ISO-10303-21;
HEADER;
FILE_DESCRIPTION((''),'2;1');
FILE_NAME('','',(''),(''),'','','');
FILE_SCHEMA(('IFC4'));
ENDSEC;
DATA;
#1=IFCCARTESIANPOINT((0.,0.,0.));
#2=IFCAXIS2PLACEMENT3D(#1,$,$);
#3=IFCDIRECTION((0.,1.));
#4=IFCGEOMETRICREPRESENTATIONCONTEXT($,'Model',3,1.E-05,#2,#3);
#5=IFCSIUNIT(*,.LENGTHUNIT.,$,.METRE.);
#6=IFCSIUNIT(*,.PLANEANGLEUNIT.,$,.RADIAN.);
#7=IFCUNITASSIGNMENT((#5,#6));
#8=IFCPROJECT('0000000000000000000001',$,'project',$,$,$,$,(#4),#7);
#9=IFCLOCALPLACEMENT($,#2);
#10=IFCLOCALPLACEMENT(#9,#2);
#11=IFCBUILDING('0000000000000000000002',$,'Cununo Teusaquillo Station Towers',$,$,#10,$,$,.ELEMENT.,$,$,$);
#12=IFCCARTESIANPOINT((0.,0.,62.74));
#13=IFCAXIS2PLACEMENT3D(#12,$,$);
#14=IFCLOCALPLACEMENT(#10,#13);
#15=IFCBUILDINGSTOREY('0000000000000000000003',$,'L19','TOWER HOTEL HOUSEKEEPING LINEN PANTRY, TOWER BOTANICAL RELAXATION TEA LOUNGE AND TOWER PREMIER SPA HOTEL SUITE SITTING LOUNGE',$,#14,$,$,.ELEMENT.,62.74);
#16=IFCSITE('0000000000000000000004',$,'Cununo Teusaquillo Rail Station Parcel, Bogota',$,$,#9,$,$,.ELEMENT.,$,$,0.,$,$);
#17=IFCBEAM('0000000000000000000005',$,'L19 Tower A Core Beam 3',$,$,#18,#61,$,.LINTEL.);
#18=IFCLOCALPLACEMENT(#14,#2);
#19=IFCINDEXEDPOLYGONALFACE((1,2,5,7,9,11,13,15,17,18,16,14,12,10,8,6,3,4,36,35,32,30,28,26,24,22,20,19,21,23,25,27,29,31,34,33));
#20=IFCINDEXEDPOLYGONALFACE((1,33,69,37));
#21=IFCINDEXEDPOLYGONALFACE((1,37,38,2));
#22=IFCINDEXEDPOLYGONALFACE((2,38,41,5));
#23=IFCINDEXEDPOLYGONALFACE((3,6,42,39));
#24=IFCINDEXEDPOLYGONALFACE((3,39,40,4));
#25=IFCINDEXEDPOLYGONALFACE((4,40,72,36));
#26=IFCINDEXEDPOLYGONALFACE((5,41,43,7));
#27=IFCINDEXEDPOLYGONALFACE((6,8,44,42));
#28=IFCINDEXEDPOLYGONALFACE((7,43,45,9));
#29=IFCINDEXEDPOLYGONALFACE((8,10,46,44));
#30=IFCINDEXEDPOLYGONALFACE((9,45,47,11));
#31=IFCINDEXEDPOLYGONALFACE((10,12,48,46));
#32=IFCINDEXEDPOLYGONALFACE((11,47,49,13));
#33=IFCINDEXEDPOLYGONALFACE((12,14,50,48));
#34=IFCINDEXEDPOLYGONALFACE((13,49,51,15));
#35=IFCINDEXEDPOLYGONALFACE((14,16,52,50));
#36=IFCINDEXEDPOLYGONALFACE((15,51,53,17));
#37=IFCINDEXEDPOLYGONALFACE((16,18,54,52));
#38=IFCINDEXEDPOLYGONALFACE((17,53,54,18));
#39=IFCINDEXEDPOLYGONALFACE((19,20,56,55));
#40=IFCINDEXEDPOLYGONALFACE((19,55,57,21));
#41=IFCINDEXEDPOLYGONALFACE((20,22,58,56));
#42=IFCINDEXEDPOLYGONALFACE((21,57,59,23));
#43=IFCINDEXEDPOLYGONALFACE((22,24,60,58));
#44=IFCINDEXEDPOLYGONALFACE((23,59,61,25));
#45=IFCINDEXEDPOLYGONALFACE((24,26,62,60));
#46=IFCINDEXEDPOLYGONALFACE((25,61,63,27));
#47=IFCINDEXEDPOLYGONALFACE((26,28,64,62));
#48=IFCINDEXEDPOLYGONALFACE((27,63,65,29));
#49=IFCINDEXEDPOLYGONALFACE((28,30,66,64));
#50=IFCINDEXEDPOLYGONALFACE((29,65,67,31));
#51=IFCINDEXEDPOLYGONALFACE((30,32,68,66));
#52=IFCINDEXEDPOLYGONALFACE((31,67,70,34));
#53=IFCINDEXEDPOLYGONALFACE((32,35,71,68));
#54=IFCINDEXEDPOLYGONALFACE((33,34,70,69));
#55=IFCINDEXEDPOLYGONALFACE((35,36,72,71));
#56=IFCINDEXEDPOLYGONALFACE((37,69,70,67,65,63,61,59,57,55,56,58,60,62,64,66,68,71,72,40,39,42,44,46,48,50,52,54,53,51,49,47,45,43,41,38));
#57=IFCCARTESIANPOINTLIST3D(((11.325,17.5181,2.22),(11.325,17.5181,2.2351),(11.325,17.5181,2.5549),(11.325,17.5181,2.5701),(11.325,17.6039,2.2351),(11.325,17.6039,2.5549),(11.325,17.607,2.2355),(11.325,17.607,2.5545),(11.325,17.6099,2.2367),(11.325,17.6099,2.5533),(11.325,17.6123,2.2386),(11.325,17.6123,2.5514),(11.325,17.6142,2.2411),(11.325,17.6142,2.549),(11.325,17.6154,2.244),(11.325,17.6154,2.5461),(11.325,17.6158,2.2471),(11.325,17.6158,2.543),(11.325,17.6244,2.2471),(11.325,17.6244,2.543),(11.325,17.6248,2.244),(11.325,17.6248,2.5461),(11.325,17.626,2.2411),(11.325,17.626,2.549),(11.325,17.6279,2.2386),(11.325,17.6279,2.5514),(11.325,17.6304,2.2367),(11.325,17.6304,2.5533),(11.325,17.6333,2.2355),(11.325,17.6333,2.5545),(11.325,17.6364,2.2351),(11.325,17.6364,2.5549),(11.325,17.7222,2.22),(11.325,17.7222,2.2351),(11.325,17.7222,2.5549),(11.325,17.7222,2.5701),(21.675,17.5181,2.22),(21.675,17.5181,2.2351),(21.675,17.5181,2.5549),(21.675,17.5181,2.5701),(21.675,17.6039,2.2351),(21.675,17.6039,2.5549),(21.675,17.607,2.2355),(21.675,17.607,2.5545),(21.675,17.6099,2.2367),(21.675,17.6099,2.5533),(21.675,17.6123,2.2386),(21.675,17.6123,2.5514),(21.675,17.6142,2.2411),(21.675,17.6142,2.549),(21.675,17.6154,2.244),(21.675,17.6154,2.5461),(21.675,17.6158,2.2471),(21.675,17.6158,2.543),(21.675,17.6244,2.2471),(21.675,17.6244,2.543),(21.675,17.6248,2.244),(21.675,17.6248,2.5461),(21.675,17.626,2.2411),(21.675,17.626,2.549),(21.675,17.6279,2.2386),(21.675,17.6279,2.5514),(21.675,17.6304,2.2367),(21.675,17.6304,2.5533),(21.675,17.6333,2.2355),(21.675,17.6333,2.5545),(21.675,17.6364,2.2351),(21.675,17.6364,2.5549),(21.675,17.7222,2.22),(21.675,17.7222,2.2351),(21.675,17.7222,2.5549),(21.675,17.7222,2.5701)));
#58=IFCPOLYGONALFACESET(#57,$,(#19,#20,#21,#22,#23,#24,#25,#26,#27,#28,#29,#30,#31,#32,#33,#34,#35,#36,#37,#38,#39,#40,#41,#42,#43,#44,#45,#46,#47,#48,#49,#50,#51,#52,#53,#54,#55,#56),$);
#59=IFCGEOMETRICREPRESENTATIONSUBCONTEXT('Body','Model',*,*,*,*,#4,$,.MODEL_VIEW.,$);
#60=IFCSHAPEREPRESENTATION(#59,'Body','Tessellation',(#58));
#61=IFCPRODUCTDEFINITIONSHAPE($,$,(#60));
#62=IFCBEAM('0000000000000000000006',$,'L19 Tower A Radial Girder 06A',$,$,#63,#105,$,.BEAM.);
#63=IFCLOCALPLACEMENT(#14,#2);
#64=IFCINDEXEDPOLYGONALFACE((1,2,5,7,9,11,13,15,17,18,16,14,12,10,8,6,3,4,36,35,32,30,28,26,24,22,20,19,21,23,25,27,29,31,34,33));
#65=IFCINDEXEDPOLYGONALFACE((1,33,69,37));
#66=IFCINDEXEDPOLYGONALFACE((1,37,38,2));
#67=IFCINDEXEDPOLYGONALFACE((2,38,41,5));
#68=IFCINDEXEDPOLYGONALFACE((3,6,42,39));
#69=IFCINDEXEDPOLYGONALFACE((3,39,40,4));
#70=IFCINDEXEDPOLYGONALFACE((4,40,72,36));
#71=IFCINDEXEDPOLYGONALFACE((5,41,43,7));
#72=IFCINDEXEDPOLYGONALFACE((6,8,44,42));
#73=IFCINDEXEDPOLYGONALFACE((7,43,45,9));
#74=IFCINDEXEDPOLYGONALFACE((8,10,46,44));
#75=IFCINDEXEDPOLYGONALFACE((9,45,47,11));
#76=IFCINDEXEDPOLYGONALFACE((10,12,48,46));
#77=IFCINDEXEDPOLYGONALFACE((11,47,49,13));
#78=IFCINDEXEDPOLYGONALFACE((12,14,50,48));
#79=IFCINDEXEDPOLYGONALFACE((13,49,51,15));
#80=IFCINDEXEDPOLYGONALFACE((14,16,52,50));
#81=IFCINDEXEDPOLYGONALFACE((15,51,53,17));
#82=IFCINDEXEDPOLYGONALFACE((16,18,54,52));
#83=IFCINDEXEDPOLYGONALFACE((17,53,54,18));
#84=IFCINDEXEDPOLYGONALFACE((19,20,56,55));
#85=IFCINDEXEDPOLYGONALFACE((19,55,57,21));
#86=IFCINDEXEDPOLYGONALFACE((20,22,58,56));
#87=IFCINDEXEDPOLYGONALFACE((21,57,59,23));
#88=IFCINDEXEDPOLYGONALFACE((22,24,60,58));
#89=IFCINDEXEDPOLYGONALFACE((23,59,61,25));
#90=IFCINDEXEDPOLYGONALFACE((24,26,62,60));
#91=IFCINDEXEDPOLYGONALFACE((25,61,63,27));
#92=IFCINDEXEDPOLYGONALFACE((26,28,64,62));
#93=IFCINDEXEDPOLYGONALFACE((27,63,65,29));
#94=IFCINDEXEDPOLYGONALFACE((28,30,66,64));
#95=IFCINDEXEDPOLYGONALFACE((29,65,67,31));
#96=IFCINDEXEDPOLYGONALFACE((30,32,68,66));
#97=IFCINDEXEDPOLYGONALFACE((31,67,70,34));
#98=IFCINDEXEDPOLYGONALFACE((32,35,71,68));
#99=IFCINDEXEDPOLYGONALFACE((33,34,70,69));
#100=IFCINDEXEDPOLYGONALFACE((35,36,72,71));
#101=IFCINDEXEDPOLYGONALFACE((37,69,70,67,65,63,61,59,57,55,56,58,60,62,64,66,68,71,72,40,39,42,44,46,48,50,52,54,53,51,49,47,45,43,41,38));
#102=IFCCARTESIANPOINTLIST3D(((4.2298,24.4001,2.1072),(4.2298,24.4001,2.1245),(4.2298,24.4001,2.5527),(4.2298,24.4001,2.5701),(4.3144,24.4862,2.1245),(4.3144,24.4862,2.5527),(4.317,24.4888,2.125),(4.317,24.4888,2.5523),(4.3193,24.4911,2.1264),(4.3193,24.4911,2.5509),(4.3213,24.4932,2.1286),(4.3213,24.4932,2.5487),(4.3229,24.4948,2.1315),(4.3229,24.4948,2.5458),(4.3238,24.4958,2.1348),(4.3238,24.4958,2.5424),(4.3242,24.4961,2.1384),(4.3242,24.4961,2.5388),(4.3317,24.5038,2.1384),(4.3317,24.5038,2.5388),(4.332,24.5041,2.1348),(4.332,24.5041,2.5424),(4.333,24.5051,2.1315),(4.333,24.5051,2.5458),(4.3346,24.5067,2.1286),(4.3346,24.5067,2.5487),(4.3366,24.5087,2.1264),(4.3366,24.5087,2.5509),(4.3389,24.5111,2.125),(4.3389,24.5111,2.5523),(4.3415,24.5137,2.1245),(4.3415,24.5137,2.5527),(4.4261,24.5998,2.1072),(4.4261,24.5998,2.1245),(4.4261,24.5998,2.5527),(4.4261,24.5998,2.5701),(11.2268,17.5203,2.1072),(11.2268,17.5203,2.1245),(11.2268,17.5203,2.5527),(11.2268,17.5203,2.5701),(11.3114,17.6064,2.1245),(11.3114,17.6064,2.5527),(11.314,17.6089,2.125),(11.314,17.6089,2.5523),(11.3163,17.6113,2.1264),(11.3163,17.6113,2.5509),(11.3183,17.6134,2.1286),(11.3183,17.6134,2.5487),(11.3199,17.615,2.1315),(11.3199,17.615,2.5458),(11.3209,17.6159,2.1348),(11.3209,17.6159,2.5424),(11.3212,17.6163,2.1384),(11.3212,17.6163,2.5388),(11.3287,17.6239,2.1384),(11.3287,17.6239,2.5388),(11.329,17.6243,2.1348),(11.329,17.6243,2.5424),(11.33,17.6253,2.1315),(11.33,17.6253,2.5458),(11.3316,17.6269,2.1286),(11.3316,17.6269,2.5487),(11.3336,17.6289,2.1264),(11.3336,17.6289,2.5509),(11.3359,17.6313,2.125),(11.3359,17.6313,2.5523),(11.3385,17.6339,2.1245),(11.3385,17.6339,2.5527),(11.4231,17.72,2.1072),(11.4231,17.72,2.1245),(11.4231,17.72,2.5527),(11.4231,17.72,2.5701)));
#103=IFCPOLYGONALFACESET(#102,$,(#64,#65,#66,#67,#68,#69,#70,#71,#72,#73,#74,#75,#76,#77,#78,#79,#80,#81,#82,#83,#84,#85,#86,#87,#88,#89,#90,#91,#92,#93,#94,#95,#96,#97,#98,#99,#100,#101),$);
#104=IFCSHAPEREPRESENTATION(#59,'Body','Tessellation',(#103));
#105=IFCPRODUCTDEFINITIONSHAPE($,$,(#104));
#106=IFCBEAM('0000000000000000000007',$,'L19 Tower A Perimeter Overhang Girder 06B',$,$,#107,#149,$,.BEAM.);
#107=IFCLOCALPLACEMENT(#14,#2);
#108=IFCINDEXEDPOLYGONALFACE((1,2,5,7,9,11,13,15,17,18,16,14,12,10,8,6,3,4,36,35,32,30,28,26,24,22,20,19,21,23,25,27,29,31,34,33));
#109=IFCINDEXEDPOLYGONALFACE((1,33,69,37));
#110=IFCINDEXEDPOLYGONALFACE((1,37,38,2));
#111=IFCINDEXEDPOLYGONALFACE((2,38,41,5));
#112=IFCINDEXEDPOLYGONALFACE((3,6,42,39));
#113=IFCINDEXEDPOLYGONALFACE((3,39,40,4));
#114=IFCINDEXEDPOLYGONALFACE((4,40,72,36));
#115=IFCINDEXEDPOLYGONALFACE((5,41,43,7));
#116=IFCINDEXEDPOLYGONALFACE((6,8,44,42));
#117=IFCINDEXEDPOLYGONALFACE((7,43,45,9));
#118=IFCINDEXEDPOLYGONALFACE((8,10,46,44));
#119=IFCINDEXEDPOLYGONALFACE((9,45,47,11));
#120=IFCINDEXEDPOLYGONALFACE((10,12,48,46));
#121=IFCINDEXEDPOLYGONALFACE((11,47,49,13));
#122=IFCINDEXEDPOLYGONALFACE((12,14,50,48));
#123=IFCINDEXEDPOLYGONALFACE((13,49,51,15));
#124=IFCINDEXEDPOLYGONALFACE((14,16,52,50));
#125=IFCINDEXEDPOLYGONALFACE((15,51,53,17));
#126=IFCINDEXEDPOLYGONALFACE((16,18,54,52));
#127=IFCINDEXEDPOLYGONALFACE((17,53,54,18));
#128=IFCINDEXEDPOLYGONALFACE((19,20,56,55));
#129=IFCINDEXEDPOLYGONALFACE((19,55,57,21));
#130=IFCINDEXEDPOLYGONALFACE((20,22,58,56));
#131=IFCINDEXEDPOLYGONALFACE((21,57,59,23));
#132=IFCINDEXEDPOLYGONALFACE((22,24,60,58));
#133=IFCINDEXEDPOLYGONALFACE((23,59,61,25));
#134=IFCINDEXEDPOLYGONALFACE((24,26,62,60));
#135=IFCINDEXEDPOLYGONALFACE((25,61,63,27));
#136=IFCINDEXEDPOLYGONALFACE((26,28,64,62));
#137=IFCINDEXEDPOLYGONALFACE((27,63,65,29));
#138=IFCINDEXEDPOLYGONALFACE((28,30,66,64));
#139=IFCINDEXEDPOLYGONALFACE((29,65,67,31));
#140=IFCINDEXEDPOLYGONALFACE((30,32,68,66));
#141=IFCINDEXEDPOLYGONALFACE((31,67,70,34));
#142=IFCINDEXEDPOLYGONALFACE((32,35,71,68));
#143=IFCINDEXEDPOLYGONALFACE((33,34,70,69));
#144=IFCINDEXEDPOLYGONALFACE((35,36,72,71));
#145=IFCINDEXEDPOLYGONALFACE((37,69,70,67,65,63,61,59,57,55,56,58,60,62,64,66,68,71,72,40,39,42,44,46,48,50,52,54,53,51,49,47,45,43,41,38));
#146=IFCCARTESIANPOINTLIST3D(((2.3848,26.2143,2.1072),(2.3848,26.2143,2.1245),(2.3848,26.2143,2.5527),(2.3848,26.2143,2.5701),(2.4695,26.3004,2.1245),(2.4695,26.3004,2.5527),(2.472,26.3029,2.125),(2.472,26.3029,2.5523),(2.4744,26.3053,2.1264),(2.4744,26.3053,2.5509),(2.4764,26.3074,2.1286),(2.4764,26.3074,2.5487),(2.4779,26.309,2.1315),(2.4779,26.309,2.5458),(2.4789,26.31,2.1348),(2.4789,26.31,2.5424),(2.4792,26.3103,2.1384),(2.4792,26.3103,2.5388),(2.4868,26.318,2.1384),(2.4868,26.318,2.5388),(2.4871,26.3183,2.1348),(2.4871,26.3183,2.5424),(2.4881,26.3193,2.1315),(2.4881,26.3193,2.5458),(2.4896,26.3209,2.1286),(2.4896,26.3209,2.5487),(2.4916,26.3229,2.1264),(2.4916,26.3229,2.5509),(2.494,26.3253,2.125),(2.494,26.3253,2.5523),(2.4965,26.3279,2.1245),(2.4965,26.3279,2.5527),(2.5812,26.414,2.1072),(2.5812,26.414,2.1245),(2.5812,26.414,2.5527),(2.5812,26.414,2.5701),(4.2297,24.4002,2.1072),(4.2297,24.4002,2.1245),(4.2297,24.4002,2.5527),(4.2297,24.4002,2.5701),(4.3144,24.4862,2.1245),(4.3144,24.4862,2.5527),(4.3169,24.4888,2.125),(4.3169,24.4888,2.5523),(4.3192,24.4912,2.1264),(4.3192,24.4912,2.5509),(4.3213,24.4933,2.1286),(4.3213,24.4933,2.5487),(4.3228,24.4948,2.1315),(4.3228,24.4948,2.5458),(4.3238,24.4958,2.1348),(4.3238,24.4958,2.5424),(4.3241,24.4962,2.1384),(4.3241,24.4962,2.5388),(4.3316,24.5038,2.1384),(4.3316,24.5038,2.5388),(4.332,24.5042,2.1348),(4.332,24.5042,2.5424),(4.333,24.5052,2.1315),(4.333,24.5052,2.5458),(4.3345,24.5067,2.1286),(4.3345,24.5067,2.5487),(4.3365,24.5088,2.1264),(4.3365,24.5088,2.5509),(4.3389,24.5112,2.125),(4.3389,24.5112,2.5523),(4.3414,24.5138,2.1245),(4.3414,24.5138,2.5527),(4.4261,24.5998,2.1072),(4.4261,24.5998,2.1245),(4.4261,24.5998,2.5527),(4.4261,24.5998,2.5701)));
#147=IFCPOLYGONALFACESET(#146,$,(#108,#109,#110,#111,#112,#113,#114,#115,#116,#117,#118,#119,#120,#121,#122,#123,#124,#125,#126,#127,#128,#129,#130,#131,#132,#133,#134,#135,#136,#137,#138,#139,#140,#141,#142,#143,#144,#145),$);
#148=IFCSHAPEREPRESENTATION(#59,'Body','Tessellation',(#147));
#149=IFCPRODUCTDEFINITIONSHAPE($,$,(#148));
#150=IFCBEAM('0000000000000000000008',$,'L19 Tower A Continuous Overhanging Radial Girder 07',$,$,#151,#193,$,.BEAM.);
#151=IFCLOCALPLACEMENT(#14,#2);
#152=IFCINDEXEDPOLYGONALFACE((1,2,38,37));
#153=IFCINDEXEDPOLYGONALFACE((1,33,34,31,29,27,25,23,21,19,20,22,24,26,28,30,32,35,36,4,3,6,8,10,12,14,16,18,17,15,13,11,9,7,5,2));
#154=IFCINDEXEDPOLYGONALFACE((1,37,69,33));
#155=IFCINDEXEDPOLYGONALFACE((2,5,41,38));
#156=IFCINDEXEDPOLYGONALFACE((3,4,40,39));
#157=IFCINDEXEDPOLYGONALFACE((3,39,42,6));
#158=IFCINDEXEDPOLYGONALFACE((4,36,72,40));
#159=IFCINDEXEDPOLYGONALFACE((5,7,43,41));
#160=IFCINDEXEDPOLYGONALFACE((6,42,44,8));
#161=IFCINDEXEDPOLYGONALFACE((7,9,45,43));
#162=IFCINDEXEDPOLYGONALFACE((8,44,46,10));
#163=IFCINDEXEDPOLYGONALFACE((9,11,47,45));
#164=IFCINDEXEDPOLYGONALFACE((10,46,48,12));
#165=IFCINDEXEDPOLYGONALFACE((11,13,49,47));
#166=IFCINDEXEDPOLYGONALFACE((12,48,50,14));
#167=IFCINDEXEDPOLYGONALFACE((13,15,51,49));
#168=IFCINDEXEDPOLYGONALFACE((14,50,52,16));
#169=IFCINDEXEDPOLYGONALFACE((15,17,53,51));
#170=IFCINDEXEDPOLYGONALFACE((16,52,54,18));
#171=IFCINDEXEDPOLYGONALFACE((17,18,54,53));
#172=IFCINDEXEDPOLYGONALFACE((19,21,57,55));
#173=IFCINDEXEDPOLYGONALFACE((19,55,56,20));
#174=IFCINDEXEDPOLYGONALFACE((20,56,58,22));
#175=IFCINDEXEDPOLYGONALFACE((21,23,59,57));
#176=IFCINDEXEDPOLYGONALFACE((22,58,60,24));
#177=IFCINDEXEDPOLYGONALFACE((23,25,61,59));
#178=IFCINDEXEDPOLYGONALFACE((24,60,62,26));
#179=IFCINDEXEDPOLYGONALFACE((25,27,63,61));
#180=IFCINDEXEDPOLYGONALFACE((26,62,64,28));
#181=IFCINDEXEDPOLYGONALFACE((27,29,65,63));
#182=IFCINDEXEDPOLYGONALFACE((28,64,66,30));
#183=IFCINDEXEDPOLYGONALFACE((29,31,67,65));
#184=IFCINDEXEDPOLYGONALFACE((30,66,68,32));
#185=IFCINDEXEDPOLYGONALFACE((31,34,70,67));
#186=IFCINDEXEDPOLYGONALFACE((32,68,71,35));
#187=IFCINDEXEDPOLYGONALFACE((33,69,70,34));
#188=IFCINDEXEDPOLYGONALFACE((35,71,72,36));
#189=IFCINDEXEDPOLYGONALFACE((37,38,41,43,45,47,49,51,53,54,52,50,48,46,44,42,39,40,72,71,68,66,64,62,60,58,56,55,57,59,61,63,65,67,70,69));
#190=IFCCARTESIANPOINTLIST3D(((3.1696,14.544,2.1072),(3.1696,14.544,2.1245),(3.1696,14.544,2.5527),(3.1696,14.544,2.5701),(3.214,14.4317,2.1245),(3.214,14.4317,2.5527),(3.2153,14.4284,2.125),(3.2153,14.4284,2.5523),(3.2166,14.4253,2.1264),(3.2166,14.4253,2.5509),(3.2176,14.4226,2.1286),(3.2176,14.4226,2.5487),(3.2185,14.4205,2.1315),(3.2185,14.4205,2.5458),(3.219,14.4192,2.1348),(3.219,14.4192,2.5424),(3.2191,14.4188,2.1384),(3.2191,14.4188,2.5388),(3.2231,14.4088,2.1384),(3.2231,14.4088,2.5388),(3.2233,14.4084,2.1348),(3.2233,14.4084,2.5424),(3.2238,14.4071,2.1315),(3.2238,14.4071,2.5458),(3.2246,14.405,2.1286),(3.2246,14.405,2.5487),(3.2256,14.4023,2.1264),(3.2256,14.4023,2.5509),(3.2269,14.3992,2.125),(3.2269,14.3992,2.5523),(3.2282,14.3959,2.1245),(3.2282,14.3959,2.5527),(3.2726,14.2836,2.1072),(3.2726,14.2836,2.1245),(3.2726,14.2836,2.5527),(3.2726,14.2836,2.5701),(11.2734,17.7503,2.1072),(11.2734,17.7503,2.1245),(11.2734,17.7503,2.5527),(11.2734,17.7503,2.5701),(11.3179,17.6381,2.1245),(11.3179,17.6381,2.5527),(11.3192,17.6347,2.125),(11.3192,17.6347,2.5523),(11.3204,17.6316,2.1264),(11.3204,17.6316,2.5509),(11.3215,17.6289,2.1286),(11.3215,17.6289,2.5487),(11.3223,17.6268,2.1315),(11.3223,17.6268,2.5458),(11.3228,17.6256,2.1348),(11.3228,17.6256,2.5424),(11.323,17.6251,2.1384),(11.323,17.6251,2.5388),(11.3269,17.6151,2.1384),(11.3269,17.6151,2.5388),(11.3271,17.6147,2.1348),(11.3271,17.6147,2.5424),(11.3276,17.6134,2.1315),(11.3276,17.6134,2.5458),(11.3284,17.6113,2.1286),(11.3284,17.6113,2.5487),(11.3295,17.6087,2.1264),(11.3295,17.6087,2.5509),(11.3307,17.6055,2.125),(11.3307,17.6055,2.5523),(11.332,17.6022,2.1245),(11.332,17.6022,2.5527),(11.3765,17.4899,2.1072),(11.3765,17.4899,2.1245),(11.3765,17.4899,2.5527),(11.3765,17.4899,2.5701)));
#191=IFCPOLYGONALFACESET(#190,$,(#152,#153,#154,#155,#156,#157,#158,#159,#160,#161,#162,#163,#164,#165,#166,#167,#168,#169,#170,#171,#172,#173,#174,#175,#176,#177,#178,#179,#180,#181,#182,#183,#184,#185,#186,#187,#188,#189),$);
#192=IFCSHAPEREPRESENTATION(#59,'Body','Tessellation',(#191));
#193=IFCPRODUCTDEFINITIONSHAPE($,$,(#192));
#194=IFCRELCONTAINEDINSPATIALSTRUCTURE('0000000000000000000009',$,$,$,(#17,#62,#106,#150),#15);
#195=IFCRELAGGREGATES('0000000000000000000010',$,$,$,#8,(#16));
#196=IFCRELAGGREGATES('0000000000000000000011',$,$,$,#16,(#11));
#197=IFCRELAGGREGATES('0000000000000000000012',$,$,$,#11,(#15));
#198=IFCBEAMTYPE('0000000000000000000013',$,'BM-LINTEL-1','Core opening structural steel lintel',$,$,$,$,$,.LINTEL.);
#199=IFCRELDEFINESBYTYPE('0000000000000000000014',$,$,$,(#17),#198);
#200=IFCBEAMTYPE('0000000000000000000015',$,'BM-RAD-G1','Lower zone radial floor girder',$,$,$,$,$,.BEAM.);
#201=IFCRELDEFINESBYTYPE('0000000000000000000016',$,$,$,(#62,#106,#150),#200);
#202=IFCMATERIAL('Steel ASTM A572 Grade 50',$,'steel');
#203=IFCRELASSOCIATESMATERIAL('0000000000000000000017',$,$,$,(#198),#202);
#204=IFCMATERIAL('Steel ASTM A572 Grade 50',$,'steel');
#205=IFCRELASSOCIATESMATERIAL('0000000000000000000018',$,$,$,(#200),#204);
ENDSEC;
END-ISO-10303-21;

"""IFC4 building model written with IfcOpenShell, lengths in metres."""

from ifc_helpers import new_model, si_unit, direction, frame, origin, origin_2d, place, context, subcontext, project, spatial, i_section, extrude, material, material_profile, profile_set, type_object, element, save


model = new_model("IFC4")

# Units and contexts
model_context = context("Model", 3, precision=1e-05, world=origin(), true_north=direction((0.0, 1.0)))
body_context = subcontext(model_context, "Body", "Model", "MODEL_VIEW")
ifc_project = project(units=[si_unit("LENGTHUNIT", "METRE"), si_unit("PLANEANGLEUNIT", "RADIAN")], contexts=[model_context])

# Site, building, storey
site_placement = place(None, origin())
site = spatial("IfcSite", under=ifc_project, at=site_placement, Name="Cununo Teusaquillo Rail Station Parcel, Bogota", CompositionType="ELEMENT", RefElevation=0.0)
building_placement = place(site_placement, origin())
building = spatial("IfcBuilding", under=site, at=building_placement, Name="Cununo Teusaquillo Station Towers", CompositionType="ELEMENT")
storey_placement = place(building_placement, frame((0.0, 0.0, 62.74)))
storey = spatial("IfcBuildingStorey", under=building, at=storey_placement, Name="L19", Description="TOWER HOTEL HOUSEKEEPING LINEN PANTRY, TOWER BOTANICAL RELAXATION TEA LOUNGE AND TOWER PREMIER SPA HOTEL SUITE SITTING LOUNGE", CompositionType="ELEMENT", Elevation=62.74)

# Beams
ifc_material_1 = material(Name="Steel ASTM A572 Grade 50", Category="steel")
ifc_material_profile_1 = material_profile(ifc_material_1, i_section(OverallWidth=0.2041, OverallDepth=0.3501, WebThickness=0.0085, FlangeThickness=0.0151, FilletRadius=0.012, at=origin_2d()), Name="W14X48")
ifc_profile_set_1 = profile_set([ifc_material_profile_1], Name="Steel ASTM A572 Grade 50")
beam_type_1 = type_object("IfcBeamType", Name="BM-LINTEL-1", Description="Core opening structural steel lintel", PredefinedType="LINTEL", material=ifc_profile_set_1)
beam_1_placement = place(storey_placement, frame((11.325, 17.6201, 2.395), z_axis=(1.0, 0.0, 0.0), x_axis=(0.0, 1.0, 0.0)))
element("IfcBeam", 1, at=beam_1_placement, inside=storey, type_object=beam_type_1, Name="L19 Tower A Core Beam 3", PredefinedType="LINTEL", context=body_context, shape_type="SweptSolid", body=[
    extrude(i_section(OverallWidth=0.2041, OverallDepth=0.3501, WebThickness=0.0085, FlangeThickness=0.0151, FilletRadius=0.012, at=origin_2d()), origin(), (0.0, 0.0, 1.0), 10.3501),
])
ifc_material_2 = material(Name="Steel ASTM A572 Grade 50", Category="steel")
ifc_material_profile_2 = material_profile(ifc_material_2, i_section(OverallWidth=0.28, OverallDepth=0.4629, WebThickness=0.0107, FlangeThickness=0.0173, FilletRadius=0.0139, at=origin_2d()), Name="W18X76")
ifc_profile_set_2 = profile_set([ifc_material_profile_2], Name="Steel ASTM A572 Grade 50")
beam_type_2 = type_object("IfcBeamType", Name="BM-RAD-G1", Description="Lower zone radial floor girder", PredefinedType="BEAM", material=ifc_profile_set_2)
beam_2_placement = place(storey_placement, frame((11.325, 17.6201, 2.3386), z_axis=(-0.713053, 0.70111, 0.0), x_axis=(-0.70111, -0.713053, 0.0)))
element("IfcBeam", 2, at=beam_2_placement, inside=storey, type_object=beam_type_2, Name="L19 Tower A Radial Girder 06A", PredefinedType="BEAM", context=body_context, shape_type="SweptSolid", body=[
    extrude(i_section(OverallWidth=0.28, OverallDepth=0.4629, WebThickness=0.0107, FlangeThickness=0.0173, FilletRadius=0.0139, at=origin_2d()), origin(), (0.0, 0.0, 1.0), 9.8127),
])
beam_3_placement = place(storey_placement, frame((4.3279, 24.5, 2.3386), z_axis=(-0.713026, 0.701138, 0.0), x_axis=(-0.701138, -0.713026, 0.0)))
element("IfcBeam", 3, at=beam_3_placement, inside=storey, type_object=beam_type_2, Name="L19 Tower A Perimeter Overhang Girder 06B", PredefinedType="BEAM", context=body_context, shape_type="SweptSolid", body=[
    extrude(i_section(OverallWidth=0.28, OverallDepth=0.4629, WebThickness=0.0107, FlangeThickness=0.0173, FilletRadius=0.0139, at=origin_2d()), origin(), (0.0, 0.0, 1.0), 2.5874),
])
beam_4_placement = place(storey_placement, frame((11.325, 17.6201, 2.3386), z_axis=(-0.929863, -0.367906, 0.0), x_axis=(0.367906, -0.929863, 0.0)))
element("IfcBeam", 4, at=beam_4_placement, inside=storey, type_object=beam_type_2, Name="L19 Tower A Continuous Overhanging Radial Girder 07", PredefinedType="BEAM", context=body_context, shape_type="SweptSolid", body=[
    extrude(i_section(OverallWidth=0.28, OverallDepth=0.4629, WebThickness=0.0107, FlangeThickness=0.0173, FilletRadius=0.0139, at=origin_2d()), origin(), (0.0, 0.0, 1.0), 8.7151),
])

save(model, "model.ifc")
